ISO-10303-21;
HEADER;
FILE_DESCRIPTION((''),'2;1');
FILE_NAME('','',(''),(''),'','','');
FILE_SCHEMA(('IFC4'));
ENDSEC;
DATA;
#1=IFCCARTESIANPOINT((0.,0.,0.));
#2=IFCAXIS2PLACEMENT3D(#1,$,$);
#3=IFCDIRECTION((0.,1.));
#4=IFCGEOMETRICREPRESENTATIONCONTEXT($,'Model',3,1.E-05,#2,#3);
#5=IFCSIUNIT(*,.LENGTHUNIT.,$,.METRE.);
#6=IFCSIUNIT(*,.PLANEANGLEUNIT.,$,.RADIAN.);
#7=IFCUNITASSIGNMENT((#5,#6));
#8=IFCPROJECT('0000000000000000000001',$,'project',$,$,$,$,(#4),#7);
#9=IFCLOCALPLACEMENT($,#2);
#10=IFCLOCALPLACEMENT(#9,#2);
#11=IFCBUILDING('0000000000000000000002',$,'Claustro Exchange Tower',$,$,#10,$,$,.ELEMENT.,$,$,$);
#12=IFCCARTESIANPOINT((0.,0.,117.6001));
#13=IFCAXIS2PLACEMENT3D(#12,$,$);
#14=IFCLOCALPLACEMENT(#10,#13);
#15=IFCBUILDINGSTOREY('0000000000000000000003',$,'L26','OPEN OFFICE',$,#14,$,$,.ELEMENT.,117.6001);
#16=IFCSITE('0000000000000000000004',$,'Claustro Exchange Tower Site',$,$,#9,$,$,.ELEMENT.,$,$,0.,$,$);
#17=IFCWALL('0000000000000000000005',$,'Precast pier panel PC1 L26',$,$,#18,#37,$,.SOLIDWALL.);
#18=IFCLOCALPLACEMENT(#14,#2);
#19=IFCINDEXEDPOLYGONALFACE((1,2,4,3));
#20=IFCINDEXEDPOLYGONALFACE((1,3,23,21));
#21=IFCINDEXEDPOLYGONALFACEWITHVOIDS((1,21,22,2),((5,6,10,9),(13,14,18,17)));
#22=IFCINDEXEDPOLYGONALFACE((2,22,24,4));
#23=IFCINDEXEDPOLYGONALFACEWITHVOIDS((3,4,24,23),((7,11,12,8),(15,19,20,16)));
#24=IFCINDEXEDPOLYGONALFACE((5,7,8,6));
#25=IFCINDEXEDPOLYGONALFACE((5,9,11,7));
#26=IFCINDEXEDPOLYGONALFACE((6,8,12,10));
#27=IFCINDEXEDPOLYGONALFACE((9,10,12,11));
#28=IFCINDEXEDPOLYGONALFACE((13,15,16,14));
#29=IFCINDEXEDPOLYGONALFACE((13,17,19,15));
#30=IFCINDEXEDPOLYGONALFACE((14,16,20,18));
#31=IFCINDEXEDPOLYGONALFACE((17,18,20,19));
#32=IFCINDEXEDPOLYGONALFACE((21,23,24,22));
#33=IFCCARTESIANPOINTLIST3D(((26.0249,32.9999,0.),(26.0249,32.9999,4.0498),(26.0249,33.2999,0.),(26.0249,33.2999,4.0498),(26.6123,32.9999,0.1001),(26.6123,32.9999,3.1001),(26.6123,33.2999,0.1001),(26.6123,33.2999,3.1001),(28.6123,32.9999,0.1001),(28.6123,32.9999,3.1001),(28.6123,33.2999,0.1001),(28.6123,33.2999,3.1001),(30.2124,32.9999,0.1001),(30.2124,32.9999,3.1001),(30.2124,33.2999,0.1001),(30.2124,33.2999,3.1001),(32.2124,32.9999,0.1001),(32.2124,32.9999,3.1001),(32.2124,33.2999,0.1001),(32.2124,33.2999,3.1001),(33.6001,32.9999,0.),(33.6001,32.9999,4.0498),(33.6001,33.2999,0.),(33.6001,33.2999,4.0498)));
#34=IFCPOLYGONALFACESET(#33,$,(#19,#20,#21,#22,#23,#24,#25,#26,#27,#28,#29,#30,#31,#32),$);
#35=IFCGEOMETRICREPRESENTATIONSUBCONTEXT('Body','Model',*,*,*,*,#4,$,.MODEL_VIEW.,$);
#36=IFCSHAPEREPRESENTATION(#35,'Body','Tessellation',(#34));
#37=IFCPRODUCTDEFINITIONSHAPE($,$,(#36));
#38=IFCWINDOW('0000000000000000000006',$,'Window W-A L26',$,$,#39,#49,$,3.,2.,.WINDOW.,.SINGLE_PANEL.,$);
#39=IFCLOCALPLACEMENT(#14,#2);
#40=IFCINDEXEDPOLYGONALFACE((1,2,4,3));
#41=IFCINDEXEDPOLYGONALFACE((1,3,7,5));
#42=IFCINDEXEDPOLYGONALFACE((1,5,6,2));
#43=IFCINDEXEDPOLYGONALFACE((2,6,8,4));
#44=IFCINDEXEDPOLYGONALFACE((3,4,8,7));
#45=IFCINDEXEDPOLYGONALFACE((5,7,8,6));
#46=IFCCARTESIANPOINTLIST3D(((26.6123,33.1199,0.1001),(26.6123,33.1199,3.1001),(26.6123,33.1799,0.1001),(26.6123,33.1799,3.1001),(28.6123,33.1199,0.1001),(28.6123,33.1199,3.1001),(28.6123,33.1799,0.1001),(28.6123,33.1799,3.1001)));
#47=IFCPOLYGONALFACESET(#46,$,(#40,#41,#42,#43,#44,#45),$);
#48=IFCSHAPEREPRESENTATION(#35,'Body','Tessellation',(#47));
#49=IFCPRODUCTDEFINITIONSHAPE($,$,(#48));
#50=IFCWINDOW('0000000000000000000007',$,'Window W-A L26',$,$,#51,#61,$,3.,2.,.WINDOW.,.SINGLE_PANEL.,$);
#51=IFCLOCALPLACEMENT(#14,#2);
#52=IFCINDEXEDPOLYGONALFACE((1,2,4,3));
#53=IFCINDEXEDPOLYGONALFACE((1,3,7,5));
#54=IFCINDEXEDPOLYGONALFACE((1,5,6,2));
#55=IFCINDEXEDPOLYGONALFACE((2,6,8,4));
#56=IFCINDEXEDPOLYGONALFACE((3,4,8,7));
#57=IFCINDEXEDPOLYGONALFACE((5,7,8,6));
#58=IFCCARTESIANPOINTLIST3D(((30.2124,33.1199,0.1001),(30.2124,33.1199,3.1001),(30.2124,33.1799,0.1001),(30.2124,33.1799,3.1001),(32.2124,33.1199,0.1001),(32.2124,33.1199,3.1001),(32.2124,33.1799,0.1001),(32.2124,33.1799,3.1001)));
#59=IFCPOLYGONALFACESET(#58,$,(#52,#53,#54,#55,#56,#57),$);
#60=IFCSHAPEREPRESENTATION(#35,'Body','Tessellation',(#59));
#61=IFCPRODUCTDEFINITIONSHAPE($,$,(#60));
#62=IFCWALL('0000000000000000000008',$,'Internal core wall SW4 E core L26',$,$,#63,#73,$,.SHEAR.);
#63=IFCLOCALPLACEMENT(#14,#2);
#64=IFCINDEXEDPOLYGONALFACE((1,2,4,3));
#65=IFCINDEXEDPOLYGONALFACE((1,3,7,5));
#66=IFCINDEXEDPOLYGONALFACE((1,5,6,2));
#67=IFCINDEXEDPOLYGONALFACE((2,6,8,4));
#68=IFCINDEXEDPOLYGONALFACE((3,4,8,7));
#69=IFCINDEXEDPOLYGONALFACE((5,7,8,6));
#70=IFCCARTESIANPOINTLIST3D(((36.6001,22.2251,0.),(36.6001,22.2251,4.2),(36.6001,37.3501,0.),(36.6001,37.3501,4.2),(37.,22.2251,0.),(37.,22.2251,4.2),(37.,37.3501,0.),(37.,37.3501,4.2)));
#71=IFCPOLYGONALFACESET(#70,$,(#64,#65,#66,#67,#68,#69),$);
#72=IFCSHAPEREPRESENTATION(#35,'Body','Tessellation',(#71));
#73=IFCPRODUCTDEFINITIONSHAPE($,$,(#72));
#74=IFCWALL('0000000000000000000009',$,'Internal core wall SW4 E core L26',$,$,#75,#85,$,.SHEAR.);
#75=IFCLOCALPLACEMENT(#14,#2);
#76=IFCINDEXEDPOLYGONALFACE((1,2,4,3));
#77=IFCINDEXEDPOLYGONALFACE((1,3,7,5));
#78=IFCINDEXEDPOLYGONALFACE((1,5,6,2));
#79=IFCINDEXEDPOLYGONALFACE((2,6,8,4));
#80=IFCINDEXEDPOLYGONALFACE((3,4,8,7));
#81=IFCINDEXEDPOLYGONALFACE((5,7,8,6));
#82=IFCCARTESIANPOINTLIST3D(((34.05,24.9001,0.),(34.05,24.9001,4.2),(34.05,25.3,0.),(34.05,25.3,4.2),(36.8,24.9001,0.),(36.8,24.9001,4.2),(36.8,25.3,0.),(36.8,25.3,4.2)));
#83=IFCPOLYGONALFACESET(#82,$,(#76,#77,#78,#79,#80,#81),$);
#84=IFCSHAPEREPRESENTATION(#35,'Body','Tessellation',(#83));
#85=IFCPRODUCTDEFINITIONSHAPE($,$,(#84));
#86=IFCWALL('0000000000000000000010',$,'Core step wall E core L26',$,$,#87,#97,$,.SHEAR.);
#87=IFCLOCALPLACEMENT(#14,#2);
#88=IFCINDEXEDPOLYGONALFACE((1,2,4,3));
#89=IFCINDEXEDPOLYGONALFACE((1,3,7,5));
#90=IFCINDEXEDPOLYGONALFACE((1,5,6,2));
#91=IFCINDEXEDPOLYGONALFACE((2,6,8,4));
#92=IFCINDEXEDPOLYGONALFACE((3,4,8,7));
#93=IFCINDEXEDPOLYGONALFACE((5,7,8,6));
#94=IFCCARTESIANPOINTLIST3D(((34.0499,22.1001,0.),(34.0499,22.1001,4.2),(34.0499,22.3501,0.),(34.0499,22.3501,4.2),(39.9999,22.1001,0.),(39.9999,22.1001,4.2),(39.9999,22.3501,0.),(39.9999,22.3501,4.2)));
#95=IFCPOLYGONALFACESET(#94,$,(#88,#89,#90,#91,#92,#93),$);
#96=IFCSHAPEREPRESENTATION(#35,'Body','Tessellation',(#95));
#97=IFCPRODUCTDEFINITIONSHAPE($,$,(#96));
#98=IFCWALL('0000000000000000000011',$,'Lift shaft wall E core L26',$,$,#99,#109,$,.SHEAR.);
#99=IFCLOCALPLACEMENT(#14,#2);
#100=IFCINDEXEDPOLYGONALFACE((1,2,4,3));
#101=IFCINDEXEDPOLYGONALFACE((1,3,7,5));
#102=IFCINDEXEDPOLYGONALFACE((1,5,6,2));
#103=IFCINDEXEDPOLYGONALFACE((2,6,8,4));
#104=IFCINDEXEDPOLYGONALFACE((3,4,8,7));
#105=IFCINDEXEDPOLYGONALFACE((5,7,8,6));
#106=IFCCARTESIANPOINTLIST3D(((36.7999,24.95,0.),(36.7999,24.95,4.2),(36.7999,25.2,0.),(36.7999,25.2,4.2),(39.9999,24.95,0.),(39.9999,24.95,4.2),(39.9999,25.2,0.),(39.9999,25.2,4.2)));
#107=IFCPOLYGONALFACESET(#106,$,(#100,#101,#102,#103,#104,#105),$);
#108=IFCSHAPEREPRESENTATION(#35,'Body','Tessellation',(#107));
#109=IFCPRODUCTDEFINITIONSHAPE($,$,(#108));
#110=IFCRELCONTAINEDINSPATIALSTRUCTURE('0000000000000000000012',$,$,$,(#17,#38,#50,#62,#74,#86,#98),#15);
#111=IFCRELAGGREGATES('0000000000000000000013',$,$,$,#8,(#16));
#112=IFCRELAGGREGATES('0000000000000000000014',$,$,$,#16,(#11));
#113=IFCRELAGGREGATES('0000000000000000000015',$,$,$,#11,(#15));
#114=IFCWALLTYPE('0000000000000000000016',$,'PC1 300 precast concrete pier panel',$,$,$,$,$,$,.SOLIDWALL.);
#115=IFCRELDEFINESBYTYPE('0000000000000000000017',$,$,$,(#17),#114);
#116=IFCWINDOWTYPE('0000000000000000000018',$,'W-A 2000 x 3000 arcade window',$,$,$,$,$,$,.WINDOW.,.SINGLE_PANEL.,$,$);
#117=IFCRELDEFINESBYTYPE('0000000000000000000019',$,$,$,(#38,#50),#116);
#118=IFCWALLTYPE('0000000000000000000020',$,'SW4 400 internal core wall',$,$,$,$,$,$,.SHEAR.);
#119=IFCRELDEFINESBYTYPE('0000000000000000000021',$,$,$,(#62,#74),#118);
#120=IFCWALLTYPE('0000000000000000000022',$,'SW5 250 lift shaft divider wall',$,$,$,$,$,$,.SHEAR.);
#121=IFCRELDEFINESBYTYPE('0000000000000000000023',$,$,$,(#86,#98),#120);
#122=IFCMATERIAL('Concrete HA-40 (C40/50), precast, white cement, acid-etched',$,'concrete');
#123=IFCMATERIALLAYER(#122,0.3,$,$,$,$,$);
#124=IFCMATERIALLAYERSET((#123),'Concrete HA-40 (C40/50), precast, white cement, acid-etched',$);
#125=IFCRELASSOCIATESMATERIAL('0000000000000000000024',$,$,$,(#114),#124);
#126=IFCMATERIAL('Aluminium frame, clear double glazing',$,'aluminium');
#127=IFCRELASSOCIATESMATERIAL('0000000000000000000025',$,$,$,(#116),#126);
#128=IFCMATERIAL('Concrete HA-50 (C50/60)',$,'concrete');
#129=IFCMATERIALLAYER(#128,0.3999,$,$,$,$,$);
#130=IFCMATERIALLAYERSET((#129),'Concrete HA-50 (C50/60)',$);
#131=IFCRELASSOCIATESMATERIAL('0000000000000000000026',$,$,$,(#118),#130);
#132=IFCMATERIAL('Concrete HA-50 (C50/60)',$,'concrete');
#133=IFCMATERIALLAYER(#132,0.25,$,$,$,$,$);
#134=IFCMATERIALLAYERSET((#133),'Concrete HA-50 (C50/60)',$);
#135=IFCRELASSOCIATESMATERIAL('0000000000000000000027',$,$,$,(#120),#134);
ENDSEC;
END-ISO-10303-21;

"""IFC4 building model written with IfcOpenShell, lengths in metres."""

from ifc_helpers import new_model, si_unit, direction, frame, frame_2d, origin, place, context, subcontext, project, spatial, rectangle, extrude, material, layer, layer_set, type_object, element, fill, save


model = new_model("IFC4")

# Units and contexts
model_context = context("Model", 3, precision=1e-05, world=origin(), true_north=direction((0.0, 1.0)))
body_context = subcontext(model_context, "Body", "Model", "MODEL_VIEW")
ifc_project = project(units=[si_unit("LENGTHUNIT", "METRE"), si_unit("PLANEANGLEUNIT", "RADIAN")], contexts=[model_context])

# Site, building, storey
site_placement = place(None, origin())
site = spatial("IfcSite", under=ifc_project, at=site_placement, Name="Claustro Exchange Tower Site", CompositionType="ELEMENT", RefElevation=0.0)
building_placement = place(site_placement, origin())
building = spatial("IfcBuilding", under=site, at=building_placement, Name="Claustro Exchange Tower", CompositionType="ELEMENT")
storey_placement = place(building_placement, frame((0.0, 0.0, 117.6001)))
storey = spatial("IfcBuildingStorey", under=building, at=storey_placement, Name="L26", Description="OPEN OFFICE", CompositionType="ELEMENT", Elevation=117.6001)

# Wall, openings, windows
ifc_material_1 = material(Name="Concrete HA-40 (C40/50), precast, white cement, acid-etched", Category="concrete")
ifc_layer_1 = layer(ifc_material_1, 0.3)
ifc_layer_set_1 = layer_set([ifc_layer_1], Name="Concrete HA-40 (C40/50), precast, white cement, acid-etched")
wall_type_1 = type_object("IfcWallType", Name="PC1 300 precast concrete pier panel", PredefinedType="SOLIDWALL", material=ifc_layer_set_1)
wall_1_placement = place(storey_placement, frame((26.0249, 33.1499, 0.0), z_axis=(0.0, 0.0, 1.0), x_axis=(1.0, 0.0, 0.0)))
wall_1 = element("IfcWall", 1, at=wall_1_placement, inside=storey, type_object=wall_type_1, Name="Precast pier panel PC1 L26", PredefinedType="SOLIDWALL", context=body_context, shape_type="SweptSolid", body=[
    extrude(rectangle(XDim=7.5752, YDim=0.3, at=frame_2d((3.7876, 0.0))), origin(), (0.0, 0.0, 1.0), 4.0498),
])
opening_1_placement = place(wall_1_placement, frame((0.5874, 0.0, 0.1001)))
opening_1 = element("IfcOpeningElement", 2, at=opening_1_placement, cuts=wall_1, PredefinedType="OPENING", context=body_context, shape_type="SweptSolid", body=[
    extrude(rectangle(XDim=2.0, YDim=3.0, at=frame_2d((1.0, 1.5))), frame((0.0, 0.1599, 0.0), z_axis=(0.0, -1.0, 0.0), x_axis=(1.0, 0.0, 0.0)), (0.0, 0.0, 1.0), 0.3201),
])
opening_2_placement = place(wall_1_placement, frame((4.1875, 0.0, 0.1001)))
opening_2 = element("IfcOpeningElement", 3, at=opening_2_placement, cuts=wall_1, PredefinedType="OPENING", context=body_context, shape_type="SweptSolid", body=[
    extrude(rectangle(XDim=2.0, YDim=3.0, at=frame_2d((1.0, 1.5))), frame((0.0, 0.1599, 0.0), z_axis=(0.0, -1.0, 0.0), x_axis=(1.0, 0.0, 0.0)), (0.0, 0.0, 1.0), 0.3201),
])
ifc_material_2 = material(Name="Aluminium frame, clear double glazing", Category="aluminium")
window_type = type_object("IfcWindowType", Name="W-A 2000 x 3000 arcade window", PartitioningType="SINGLE_PANEL", PredefinedType="WINDOW", material=ifc_material_2)
window_1_placement = place(opening_1_placement, origin())
window_1 = element("IfcWindow", 4, at=window_1_placement, inside=storey, type_object=window_type, Name="Window W-A L26", OverallHeight=3.0, OverallWidth=2.0, PartitioningType="SINGLE_PANEL", PredefinedType="WINDOW", context=body_context, shape_type="SweptSolid", body=[
    extrude(rectangle(XDim=2.0, YDim=3.0, at=frame_2d((1.0, 1.5))), frame((0.0, 0.03, 0.0), z_axis=(0.0, -1.0, 0.0), x_axis=(1.0, 0.0, 0.0)), (0.0, 0.0, 1.0), 0.0601),
])
fill(opening_1, window_1)
window_2_placement = place(opening_2_placement, origin())
window_2 = element("IfcWindow", 5, at=window_2_placement, inside=storey, type_object=window_type, Name="Window W-A L26", OverallHeight=3.0, OverallWidth=2.0, PartitioningType="SINGLE_PANEL", PredefinedType="WINDOW", context=body_context, shape_type="SweptSolid", body=[
    extrude(rectangle(XDim=2.0, YDim=3.0, at=frame_2d((1.0, 1.5))), frame((0.0, 0.03, 0.0), z_axis=(0.0, -1.0, 0.0), x_axis=(1.0, 0.0, 0.0)), (0.0, 0.0, 1.0), 0.0601),
])
fill(opening_2, window_2)

# Walls
ifc_material_3 = material(Name="Concrete HA-50 (C50/60)", Category="concrete")
ifc_layer_2 = layer(ifc_material_3, 0.3999)
ifc_layer_set_2 = layer_set([ifc_layer_2], Name="Concrete HA-50 (C50/60)")
wall_type_2 = type_object("IfcWallType", Name="SW4 400 internal core wall", PredefinedType="SHEAR", material=ifc_layer_set_2)
wall_2_placement = place(storey_placement, frame((36.8, 22.2251, 0.0), z_axis=(0.0, 0.0, 1.0), x_axis=(0.0, 1.0, 0.0)))
element("IfcWall", 6, at=wall_2_placement, inside=storey, type_object=wall_type_2, Name="Internal core wall SW4 E core L26", PredefinedType="SHEAR", context=body_context, shape_type="SweptSolid", body=[
    extrude(rectangle(XDim=15.125, YDim=0.3999, at=frame_2d((7.5625, 0.0))), origin(), (0.0, 0.0, 1.0), 4.2),
])
wall_3_placement = place(storey_placement, frame((36.8, 25.1001, 0.0), z_axis=(0.0, 0.0, 1.0), x_axis=(-1.0, 0.0, 0.0)))
element("IfcWall", 7, at=wall_3_placement, inside=storey, type_object=wall_type_2, Name="Internal core wall SW4 E core L26", PredefinedType="SHEAR", context=body_context, shape_type="SweptSolid", body=[
    extrude(rectangle(XDim=2.75, YDim=0.3999, at=frame_2d((1.375, 0.0))), origin(), (0.0, 0.0, 1.0), 4.2),
])
ifc_material_4 = material(Name="Concrete HA-50 (C50/60)", Category="concrete")
ifc_layer_3 = layer(ifc_material_4, 0.25)
ifc_layer_set_3 = layer_set([ifc_layer_3], Name="Concrete HA-50 (C50/60)")
wall_type_3 = type_object("IfcWallType", Name="SW5 250 lift shaft divider wall", PredefinedType="SHEAR", material=ifc_layer_set_3)
wall_4_placement = place(storey_placement, frame((40.0, 22.2251, 0.0), z_axis=(0.0, 0.0, 1.0), x_axis=(-1.0, 0.0, 0.0)))
element("IfcWall", 8, at=wall_4_placement, inside=storey, type_object=wall_type_3, Name="Core step wall E core L26", PredefinedType="SHEAR", context=body_context, shape_type="SweptSolid", body=[
    extrude(rectangle(XDim=5.95, YDim=0.25, at=frame_2d((2.9751, 0.0))), origin(), (0.0, 0.0, 1.0), 4.2),
])
wall_5_placement = place(storey_placement, frame((40.0, 25.075, 0.0), z_axis=(0.0, 0.0, 1.0), x_axis=(-1.0, 0.0, 0.0)))
element("IfcWall", 9, at=wall_5_placement, inside=storey, type_object=wall_type_3, Name="Lift shaft wall E core L26", PredefinedType="SHEAR", context=body_context, shape_type="SweptSolid", body=[
    extrude(rectangle(XDim=3.2, YDim=0.25, at=frame_2d((1.6001, 0.0))), origin(), (0.0, 0.0, 1.0), 4.2),
])

save(model, "model.ifc")
